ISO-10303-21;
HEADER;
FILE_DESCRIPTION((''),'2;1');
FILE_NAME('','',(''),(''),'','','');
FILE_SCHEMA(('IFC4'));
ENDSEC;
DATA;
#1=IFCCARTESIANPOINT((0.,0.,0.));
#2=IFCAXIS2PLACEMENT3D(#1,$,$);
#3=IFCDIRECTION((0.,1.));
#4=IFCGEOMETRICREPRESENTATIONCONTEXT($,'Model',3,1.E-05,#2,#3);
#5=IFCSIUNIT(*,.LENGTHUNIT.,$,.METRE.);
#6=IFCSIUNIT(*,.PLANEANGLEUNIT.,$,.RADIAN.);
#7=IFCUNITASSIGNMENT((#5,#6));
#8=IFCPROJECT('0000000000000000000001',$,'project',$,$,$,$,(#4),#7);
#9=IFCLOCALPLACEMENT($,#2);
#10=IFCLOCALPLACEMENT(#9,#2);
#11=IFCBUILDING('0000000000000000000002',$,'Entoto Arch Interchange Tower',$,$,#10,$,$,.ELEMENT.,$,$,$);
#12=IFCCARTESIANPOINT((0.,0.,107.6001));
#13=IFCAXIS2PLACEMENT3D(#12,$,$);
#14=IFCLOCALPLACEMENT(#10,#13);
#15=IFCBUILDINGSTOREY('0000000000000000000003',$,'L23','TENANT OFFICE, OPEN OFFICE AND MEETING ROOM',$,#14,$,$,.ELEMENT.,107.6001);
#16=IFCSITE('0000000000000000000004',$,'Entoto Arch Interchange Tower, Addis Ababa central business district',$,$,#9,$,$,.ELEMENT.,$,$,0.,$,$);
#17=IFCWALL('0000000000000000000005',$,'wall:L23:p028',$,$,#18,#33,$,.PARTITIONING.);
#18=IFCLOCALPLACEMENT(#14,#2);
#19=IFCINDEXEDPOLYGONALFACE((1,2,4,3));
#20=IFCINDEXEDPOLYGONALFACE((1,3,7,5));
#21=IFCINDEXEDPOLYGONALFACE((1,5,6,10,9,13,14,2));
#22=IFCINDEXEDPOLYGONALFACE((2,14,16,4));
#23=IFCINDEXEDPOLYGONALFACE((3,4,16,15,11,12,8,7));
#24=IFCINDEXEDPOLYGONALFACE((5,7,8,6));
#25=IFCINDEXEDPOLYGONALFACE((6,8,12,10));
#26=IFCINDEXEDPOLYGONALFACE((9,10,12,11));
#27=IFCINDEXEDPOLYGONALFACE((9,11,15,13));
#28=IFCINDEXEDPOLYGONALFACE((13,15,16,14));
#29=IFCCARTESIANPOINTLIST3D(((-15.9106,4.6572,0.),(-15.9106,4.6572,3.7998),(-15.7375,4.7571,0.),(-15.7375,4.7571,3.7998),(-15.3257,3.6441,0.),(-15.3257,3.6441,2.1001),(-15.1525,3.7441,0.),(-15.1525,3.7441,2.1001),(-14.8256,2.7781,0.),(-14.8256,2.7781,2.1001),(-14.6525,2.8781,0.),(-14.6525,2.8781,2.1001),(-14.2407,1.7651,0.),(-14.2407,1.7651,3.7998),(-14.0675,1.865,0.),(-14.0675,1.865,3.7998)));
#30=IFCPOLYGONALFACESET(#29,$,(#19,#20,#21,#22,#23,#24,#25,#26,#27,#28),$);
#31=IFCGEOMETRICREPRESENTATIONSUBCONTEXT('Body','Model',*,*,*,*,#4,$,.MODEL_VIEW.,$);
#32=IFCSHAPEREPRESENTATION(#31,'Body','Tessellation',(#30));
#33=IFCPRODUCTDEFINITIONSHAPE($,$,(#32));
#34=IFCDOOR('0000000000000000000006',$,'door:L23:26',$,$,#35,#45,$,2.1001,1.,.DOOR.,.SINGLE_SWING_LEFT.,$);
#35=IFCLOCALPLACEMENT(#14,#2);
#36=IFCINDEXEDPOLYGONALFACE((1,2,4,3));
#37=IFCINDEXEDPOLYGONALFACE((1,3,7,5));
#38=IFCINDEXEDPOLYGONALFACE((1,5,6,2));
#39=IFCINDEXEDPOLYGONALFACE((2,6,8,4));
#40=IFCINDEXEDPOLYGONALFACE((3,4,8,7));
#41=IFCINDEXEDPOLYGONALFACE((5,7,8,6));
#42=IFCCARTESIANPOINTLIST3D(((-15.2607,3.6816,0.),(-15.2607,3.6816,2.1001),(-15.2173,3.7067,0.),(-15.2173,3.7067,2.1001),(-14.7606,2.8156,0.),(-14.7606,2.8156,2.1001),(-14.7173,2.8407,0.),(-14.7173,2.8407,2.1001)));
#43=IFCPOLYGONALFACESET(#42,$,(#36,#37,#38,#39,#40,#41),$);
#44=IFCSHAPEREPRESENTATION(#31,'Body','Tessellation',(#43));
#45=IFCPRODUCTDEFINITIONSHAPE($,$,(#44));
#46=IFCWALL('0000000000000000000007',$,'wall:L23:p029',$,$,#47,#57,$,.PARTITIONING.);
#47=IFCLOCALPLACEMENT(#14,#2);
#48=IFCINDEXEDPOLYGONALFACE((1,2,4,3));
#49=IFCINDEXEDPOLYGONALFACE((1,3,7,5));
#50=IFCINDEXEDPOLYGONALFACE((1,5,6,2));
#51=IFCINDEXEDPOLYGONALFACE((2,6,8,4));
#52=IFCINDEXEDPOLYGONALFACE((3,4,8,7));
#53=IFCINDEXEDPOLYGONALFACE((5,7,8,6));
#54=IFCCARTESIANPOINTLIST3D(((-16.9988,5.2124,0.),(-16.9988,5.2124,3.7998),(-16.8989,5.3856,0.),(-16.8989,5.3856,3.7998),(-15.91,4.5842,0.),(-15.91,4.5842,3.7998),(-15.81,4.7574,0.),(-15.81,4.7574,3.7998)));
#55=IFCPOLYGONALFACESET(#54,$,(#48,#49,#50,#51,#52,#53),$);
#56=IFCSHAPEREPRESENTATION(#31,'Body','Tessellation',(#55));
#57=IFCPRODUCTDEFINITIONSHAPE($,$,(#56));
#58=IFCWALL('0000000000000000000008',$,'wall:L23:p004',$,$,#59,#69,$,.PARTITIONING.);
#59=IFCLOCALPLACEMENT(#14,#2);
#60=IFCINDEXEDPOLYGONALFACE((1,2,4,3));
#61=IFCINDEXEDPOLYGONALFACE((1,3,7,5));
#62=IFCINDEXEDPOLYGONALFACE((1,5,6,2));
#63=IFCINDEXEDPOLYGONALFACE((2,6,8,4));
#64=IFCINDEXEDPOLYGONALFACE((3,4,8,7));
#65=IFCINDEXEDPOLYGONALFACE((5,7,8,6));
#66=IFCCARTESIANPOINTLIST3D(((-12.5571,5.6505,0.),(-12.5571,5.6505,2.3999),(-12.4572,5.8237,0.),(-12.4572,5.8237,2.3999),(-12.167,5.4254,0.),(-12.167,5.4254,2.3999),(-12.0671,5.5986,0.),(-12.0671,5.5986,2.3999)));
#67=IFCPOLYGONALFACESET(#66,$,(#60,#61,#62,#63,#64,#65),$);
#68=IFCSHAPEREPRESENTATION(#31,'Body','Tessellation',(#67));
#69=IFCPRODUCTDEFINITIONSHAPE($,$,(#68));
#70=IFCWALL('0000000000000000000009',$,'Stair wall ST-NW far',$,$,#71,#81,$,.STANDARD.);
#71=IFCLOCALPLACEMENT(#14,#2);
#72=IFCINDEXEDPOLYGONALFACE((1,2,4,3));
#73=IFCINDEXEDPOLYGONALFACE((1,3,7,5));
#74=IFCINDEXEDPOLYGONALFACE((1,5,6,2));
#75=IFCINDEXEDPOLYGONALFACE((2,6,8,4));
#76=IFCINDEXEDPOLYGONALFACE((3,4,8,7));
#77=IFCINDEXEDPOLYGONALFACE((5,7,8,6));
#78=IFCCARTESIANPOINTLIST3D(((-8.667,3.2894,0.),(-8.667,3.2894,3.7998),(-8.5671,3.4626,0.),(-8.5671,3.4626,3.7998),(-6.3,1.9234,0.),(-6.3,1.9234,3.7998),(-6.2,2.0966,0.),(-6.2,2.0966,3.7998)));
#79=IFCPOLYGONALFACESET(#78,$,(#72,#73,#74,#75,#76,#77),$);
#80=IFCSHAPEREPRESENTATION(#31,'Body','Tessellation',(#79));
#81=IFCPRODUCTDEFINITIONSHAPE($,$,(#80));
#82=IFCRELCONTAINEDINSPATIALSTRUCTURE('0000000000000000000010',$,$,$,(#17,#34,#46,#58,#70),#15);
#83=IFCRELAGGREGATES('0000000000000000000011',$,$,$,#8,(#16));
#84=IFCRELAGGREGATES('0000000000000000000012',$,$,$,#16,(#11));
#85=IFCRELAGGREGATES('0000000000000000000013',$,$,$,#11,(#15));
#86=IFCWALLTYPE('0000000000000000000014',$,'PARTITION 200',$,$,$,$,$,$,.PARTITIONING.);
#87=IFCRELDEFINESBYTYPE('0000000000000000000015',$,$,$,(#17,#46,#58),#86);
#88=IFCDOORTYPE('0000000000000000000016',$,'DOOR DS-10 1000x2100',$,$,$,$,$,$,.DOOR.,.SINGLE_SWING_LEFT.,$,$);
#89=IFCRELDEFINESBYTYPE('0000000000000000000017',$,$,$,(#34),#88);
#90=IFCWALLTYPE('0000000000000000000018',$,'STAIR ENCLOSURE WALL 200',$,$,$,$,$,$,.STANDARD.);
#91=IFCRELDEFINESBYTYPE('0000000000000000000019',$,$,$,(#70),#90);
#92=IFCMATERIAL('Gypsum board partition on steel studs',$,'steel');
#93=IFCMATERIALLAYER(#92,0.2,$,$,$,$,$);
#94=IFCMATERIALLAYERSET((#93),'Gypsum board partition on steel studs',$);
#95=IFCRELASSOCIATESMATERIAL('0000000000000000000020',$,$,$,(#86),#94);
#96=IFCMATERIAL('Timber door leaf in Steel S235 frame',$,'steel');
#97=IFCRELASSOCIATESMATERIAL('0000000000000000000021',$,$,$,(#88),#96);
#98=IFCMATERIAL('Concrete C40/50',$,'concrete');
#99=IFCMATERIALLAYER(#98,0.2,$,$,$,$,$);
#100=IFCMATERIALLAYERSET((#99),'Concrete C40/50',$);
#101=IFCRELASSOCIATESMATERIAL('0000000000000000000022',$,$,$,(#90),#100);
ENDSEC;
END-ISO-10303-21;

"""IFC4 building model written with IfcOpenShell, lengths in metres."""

from ifc_helpers import new_model, si_unit, direction, frame, frame_2d, origin, place, context, subcontext, project, spatial, rectangle, extrude, material, layer, layer_set, type_object, element, fill, save


model = new_model("IFC4")

# Units and contexts
model_context = context("Model", 3, precision=1e-05, world=origin(), true_north=direction((0.0, 1.0)))
body_context = subcontext(model_context, "Body", "Model", "MODEL_VIEW")
ifc_project = project(units=[si_unit("LENGTHUNIT", "METRE"), si_unit("PLANEANGLEUNIT", "RADIAN")], contexts=[model_context])

# Site, building, storey
site_placement = place(None, origin())
site = spatial("IfcSite", under=ifc_project, at=site_placement, Name="Entoto Arch Interchange Tower, Addis Ababa central business district", CompositionType="ELEMENT", RefElevation=0.0)
building_placement = place(site_placement, origin())
building = spatial("IfcBuilding", under=site, at=building_placement, Name="Entoto Arch Interchange Tower", CompositionType="ELEMENT")
storey_placement = place(building_placement, frame((0.0, 0.0, 107.6001)))
storey = spatial("IfcBuildingStorey", under=building, at=storey_placement, Name="L23", Description="TENANT OFFICE, OPEN OFFICE AND MEETING ROOM", CompositionType="ELEMENT", Elevation=107.6001)

# Shared definitions
ifc_material_1 = material(Name="Concrete C40/50", Category="concrete")

# Shared definitions
ifc_material_2 = material(Name="Gypsum board partition on steel studs", Category="steel")
ifc_layer_1 = layer(ifc_material_2, 0.2)
ifc_layer_set_1 = layer_set([ifc_layer_1], Name="Gypsum board partition on steel studs")
wall_type_1 = type_object("IfcWallType", Name="PARTITION 200", PredefinedType="PARTITIONING", material=ifc_layer_set_1)

# Wall, opening, door
wall_1_placement = place(storey_placement, frame((-14.1541, 1.8149, 0.0), z_axis=(0.0, 0.0, 1.0), x_axis=(-0.500039, 0.866003, 0.0)))
wall_1 = element("IfcWall", 1, at=wall_1_placement, inside=storey, type_object=wall_type_1, Name="wall:L23:p028", PredefinedType="PARTITIONING", context=body_context, shape_type="SweptSolid", body=[
    extrude(rectangle(XDim=3.3396, YDim=0.2, at=frame_2d((1.6699, 0.0))), origin(), (0.0, 0.0, 1.0), 3.7998),
])
opening_1_placement = place(wall_1_placement, frame((1.1699, 0.0, 0.0)))
opening_1 = element("IfcOpeningElement", 2, at=opening_1_placement, cuts=wall_1, PredefinedType="OPENING", context=body_context, shape_type="SweptSolid", body=[
    extrude(rectangle(XDim=1.0, YDim=2.1001, at=frame_2d((0.5, 1.05))), frame((0.0, 0.1099, 0.0), z_axis=(0.0, -1.0, 0.0), x_axis=(1.0, 0.0, 0.0)), (0.0, 0.0, 1.0), 0.22),
])
ifc_material_3 = material(Name="Timber door leaf in Steel S235 frame", Category="steel")
door_type_1 = type_object("IfcDoorType", Name="DOOR DS-10 1000x2100", OperationType="SINGLE_SWING_LEFT", PredefinedType="DOOR", material=ifc_material_3)
door_1_placement = place(opening_1_placement, origin())
door_1 = element("IfcDoor", 3, at=door_1_placement, inside=storey, type_object=door_type_1, Name="door:L23:26", OperationType="SINGLE_SWING_LEFT", OverallHeight=2.1001, OverallWidth=1.0, PredefinedType="DOOR", context=body_context, shape_type="SweptSolid", body=[
    extrude(rectangle(XDim=1.0, YDim=2.1001, at=frame_2d((0.5, 1.05))), frame((0.0, 0.0249, 0.0), z_axis=(0.0, -1.0, 0.0), x_axis=(1.0, 0.0, 0.0)), (0.0, 0.0, 1.0), 0.05),
])
fill(opening_1, door_1)

# Walls
wall_2_placement = place(storey_placement, frame((-15.8601, 4.6709, 0.0), z_axis=(0.0, 0.0, 1.0), x_axis=(-0.866192, 0.499711, 0.0)))
element("IfcWall", 4, at=wall_2_placement, inside=storey, type_object=wall_type_1, Name="wall:L23:p029", PredefinedType="PARTITIONING", context=body_context, shape_type="SweptSolid", body=[
    extrude(rectangle(XDim=1.2571, YDim=0.2, at=frame_2d((0.6284, 0.0))), origin(), (0.0, 0.0, 1.0), 3.7998),
])
wall_3_placement = place(storey_placement, frame((-12.5071, 5.7371, 0.0), z_axis=(0.0, 0.0, 1.0), x_axis=(0.866168, -0.499754, 0.0)))
element("IfcWall", 5, at=wall_3_placement, inside=storey, type_object=wall_type_1, Name="wall:L23:p004", PredefinedType="PARTITIONING", context=body_context, shape_type="SweptSolid", body=[
    extrude(rectangle(XDim=0.4504, YDim=0.2, at=frame_2d((0.2251, 0.0))), origin(), (0.0, 0.0, 1.0), 2.3999),
])
ifc_layer_2 = layer(ifc_material_1, 0.2)
ifc_layer_set_2 = layer_set([ifc_layer_2], Name="Concrete C40/50")
wall_type_2 = type_object("IfcWallType", Name="STAIR ENCLOSURE WALL 200", PredefinedType="STANDARD", material=ifc_layer_set_2)
wall_4_placement = place(storey_placement, frame((-6.25, 2.01, 0.0), z_axis=(0.0, 0.0, 1.0), x_axis=(-0.866119, 0.499838, 0.0)))
element("IfcWall", 6, at=wall_4_placement, inside=storey, type_object=wall_type_2, Name="Stair wall ST-NW far", PredefinedType="STANDARD", context=body_context, shape_type="SweptSolid", body=[
    extrude(rectangle(XDim=2.7329, YDim=0.2, at=frame_2d((1.3665, 0.0))), origin(), (0.0, 0.0, 1.0), 3.7998),
])

save(model, "model.ifc")
